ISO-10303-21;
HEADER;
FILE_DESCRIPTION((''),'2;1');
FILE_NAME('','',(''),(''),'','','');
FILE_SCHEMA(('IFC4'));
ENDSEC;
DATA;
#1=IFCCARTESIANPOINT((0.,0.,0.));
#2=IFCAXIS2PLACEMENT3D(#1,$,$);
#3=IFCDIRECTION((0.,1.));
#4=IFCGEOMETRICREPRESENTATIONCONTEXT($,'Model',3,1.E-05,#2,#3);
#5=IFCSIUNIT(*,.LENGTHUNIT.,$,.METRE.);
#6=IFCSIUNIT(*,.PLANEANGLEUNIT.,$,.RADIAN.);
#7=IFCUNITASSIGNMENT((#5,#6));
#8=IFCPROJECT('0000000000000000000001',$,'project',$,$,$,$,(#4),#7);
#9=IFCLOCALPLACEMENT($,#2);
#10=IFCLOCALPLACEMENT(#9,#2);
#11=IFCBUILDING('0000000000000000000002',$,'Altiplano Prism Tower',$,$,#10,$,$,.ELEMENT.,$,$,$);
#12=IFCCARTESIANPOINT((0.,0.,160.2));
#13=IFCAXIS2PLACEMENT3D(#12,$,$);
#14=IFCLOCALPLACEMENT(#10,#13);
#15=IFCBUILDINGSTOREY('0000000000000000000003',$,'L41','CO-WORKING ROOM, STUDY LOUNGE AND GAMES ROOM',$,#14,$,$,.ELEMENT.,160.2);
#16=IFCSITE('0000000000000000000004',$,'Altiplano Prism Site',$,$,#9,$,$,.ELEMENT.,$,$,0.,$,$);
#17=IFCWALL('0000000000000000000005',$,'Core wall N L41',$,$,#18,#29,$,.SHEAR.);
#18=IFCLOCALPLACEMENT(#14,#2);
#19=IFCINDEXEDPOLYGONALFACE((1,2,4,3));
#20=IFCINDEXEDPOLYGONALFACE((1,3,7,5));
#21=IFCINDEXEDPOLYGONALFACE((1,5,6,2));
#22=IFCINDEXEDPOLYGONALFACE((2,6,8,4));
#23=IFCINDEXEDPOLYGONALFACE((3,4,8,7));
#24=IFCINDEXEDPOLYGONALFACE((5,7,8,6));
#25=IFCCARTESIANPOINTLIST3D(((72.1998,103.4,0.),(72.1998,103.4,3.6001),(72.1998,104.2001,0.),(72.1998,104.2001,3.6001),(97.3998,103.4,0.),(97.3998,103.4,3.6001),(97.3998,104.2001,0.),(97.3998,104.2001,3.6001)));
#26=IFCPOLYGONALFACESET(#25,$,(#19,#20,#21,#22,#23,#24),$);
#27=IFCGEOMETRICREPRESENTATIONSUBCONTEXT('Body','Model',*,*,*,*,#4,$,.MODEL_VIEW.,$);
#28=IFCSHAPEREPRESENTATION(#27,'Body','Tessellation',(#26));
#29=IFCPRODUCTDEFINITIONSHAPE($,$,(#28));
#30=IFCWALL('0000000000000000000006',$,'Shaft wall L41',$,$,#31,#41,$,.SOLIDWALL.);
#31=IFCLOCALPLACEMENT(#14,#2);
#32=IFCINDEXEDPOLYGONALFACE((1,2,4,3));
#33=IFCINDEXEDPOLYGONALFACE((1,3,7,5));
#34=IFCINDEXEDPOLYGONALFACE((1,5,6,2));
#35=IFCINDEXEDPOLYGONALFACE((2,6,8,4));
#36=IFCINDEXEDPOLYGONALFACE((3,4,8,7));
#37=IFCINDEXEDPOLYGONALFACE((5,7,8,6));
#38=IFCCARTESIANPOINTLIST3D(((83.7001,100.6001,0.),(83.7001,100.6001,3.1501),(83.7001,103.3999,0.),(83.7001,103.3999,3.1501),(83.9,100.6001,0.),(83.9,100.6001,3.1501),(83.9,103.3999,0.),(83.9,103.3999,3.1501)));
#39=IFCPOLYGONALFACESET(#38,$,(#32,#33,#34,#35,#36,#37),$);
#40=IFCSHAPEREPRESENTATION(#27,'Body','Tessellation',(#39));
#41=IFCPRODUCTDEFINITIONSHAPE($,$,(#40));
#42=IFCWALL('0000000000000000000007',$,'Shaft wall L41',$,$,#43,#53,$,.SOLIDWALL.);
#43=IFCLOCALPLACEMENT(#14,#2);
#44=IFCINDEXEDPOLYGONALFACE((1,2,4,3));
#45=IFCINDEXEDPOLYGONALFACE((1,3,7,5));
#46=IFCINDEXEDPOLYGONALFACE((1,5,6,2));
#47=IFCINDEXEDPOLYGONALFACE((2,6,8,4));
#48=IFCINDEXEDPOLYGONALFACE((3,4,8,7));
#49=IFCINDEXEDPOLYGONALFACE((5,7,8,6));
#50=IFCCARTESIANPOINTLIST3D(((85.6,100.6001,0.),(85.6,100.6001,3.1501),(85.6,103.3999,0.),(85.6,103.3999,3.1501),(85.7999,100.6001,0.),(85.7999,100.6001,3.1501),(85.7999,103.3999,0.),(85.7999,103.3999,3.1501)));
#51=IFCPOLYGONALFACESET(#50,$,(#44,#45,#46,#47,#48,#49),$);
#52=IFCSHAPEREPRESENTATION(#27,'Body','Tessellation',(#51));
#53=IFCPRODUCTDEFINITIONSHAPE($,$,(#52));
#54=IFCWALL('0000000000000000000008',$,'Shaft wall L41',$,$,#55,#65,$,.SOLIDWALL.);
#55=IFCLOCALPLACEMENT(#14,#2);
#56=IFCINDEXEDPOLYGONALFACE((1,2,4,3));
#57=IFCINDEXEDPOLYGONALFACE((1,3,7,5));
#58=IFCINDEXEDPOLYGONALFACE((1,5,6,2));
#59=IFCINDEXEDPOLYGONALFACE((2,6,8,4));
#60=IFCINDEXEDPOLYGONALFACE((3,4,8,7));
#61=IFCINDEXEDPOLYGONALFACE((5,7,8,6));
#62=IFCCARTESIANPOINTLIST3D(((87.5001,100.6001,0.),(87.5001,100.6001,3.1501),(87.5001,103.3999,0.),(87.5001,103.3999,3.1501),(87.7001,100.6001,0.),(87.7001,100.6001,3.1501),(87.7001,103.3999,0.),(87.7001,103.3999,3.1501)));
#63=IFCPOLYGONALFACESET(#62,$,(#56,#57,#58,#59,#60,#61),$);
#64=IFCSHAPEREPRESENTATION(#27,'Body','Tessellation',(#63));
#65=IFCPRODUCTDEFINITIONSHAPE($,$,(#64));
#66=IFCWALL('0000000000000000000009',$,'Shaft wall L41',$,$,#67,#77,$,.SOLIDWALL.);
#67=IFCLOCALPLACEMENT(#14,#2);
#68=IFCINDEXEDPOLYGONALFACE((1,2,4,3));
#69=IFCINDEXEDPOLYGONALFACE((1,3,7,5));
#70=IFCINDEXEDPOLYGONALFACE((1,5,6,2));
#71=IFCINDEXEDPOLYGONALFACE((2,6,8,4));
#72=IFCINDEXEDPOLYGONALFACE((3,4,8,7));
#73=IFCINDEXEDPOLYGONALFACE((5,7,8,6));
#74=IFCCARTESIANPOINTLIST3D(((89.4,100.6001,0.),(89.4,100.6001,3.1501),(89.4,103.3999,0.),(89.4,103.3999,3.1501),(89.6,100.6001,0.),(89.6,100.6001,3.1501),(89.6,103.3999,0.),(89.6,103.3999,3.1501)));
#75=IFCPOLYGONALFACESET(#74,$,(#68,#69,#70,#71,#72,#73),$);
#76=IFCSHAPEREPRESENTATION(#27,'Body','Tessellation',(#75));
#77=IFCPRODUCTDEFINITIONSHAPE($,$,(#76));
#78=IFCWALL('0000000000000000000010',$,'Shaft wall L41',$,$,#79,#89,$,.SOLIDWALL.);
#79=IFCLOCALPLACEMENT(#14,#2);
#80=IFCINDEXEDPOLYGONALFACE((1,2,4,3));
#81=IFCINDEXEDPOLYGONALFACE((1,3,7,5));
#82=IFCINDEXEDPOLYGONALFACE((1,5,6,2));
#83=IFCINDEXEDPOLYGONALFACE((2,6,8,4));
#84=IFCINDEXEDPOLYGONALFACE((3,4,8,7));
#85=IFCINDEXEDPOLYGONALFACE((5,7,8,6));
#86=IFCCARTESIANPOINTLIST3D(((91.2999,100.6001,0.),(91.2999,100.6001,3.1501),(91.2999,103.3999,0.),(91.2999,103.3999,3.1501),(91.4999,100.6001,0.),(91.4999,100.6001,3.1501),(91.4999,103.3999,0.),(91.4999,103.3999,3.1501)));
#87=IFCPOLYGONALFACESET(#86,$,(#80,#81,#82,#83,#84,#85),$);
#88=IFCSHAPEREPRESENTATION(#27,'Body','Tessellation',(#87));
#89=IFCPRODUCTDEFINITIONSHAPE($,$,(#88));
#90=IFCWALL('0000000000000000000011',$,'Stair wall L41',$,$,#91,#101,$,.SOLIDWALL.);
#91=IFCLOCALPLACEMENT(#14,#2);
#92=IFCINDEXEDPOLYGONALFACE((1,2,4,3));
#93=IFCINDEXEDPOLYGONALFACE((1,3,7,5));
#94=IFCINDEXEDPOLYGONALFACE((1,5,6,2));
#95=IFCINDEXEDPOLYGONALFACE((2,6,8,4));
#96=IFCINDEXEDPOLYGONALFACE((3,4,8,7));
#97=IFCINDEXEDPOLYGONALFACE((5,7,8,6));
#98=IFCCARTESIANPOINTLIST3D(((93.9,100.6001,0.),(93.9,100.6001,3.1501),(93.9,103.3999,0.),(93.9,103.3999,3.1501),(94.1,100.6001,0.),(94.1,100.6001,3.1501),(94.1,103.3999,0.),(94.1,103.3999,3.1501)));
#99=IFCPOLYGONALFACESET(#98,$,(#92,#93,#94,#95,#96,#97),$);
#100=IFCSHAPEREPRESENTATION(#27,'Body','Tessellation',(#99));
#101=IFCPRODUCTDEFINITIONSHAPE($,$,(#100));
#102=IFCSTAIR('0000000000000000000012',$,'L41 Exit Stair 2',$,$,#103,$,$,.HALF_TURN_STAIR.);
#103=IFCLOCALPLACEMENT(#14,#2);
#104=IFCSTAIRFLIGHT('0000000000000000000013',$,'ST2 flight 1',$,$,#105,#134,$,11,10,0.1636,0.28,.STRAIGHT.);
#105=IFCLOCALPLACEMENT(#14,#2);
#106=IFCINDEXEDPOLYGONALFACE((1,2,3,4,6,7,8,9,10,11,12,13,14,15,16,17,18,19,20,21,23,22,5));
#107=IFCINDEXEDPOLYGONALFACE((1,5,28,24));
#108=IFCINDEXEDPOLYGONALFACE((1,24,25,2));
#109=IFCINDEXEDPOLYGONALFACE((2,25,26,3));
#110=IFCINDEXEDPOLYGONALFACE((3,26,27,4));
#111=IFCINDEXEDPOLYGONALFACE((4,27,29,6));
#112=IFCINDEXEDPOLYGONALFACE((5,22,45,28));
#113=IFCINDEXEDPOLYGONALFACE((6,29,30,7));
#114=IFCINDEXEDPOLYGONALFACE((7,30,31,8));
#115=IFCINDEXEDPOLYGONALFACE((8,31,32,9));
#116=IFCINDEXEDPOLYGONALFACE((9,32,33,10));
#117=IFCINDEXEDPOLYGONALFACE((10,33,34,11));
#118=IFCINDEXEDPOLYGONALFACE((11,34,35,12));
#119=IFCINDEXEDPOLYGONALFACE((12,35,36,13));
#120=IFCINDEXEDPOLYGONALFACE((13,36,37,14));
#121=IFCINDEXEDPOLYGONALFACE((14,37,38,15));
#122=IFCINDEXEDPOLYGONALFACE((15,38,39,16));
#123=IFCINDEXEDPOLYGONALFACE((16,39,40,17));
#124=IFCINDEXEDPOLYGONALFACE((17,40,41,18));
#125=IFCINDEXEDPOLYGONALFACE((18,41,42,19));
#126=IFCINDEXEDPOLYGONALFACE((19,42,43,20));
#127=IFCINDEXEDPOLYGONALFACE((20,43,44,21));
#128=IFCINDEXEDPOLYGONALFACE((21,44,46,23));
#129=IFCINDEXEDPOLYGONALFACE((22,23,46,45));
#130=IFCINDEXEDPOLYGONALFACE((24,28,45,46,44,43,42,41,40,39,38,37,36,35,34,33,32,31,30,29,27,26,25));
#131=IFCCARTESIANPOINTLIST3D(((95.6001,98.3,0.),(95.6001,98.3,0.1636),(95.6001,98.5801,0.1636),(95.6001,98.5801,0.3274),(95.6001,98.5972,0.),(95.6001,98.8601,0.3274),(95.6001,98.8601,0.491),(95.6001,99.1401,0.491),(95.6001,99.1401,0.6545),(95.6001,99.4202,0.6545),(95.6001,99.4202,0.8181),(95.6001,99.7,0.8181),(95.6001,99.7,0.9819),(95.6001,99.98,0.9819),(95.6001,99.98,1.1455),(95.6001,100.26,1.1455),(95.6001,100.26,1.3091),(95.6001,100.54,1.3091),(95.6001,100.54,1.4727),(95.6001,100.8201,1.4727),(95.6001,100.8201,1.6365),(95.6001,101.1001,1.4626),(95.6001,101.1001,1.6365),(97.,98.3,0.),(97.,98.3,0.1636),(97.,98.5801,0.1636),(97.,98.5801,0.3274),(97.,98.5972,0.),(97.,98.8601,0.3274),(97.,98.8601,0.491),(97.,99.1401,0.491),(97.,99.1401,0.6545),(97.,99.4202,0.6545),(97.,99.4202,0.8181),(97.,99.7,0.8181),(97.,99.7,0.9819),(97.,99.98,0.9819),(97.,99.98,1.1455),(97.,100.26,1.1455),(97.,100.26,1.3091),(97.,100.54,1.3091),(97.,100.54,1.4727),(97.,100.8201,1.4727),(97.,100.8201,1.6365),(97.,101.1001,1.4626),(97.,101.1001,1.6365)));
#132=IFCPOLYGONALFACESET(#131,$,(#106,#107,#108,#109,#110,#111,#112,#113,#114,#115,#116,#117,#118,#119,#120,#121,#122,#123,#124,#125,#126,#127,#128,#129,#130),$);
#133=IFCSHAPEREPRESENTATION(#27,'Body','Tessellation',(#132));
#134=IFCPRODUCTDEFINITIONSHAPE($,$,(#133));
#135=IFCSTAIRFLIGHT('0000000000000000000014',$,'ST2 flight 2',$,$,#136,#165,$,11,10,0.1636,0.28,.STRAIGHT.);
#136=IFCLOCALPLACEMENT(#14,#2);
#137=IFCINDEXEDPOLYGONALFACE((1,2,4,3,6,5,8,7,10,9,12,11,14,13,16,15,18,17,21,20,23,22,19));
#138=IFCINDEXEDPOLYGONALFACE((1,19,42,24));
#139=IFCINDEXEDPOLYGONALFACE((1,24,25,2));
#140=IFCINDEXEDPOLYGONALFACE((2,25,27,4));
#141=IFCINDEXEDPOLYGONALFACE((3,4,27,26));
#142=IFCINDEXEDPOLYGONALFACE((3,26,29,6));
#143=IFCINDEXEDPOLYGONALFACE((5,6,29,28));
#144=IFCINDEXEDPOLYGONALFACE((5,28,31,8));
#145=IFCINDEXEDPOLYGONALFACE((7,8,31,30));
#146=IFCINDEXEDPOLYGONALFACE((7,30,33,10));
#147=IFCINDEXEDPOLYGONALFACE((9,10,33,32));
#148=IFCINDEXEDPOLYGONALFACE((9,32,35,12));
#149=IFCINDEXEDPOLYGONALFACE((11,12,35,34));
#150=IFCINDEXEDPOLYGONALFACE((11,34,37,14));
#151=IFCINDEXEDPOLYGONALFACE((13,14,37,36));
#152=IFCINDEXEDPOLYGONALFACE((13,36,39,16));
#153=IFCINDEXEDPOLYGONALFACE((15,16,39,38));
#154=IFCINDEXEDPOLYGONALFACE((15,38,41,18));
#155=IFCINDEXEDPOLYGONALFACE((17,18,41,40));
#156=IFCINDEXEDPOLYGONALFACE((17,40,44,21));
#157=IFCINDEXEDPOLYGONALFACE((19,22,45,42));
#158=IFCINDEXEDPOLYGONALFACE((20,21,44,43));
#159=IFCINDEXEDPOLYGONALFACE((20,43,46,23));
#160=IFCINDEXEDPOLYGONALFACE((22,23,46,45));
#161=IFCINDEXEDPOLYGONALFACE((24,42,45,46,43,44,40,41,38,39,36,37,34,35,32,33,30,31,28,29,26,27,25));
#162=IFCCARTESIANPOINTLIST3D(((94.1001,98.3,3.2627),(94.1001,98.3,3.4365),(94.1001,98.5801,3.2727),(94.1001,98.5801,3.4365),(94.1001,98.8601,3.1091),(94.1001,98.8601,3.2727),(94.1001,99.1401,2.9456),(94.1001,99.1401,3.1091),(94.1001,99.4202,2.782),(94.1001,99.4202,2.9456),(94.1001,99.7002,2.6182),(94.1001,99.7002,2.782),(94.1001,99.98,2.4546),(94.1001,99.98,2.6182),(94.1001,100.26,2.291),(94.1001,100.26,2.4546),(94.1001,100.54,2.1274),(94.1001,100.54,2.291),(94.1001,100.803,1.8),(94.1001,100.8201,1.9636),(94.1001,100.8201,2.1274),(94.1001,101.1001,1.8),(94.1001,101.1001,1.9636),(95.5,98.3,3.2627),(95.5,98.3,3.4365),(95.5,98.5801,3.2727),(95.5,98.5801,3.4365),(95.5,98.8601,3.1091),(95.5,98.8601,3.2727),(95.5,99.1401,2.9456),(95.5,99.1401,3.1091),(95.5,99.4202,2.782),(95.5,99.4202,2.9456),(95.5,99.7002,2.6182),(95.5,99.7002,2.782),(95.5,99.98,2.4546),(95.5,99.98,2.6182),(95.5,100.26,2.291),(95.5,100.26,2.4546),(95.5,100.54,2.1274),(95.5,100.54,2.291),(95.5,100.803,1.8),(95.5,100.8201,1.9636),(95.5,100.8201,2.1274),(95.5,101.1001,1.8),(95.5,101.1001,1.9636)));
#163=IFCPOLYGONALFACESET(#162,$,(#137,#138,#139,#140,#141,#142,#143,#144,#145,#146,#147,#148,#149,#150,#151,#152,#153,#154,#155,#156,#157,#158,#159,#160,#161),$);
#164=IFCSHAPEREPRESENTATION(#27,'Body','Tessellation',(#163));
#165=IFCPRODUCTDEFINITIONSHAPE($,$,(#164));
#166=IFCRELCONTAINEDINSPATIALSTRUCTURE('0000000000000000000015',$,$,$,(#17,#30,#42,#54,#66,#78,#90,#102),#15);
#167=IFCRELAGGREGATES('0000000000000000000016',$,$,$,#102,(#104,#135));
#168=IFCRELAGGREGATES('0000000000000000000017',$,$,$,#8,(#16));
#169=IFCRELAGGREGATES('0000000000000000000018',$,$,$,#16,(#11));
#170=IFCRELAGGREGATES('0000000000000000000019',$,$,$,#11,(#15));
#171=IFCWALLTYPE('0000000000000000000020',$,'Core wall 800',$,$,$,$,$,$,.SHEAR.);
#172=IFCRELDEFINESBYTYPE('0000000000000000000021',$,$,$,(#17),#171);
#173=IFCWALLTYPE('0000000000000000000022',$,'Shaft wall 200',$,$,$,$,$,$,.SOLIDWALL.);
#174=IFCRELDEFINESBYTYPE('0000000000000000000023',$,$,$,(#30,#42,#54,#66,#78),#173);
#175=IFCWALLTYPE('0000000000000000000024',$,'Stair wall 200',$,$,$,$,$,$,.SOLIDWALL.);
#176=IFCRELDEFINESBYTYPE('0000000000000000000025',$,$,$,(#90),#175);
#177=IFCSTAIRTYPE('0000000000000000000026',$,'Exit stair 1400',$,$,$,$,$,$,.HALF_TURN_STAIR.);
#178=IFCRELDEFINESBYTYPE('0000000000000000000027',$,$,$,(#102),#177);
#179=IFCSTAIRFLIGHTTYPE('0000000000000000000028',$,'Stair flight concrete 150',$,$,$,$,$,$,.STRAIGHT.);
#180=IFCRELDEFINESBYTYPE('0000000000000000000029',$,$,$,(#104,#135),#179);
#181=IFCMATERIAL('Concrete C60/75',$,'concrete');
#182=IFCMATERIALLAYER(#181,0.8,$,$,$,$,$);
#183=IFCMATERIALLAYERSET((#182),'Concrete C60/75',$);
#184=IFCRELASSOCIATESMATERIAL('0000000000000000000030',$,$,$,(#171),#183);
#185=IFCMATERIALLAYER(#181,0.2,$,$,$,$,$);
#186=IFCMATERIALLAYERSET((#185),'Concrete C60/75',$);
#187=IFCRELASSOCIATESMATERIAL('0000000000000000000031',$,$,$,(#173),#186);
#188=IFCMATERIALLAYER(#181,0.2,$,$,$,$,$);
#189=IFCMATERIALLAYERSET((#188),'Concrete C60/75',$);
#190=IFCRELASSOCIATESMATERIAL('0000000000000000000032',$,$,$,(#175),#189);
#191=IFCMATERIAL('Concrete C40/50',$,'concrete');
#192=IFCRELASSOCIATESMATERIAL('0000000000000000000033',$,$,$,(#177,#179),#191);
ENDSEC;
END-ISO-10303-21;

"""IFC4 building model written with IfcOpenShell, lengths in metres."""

from ifc_helpers import new_model, si_unit, direction, frame, frame_2d, origin, place, context, subcontext, project, spatial, polyline, rectangle, outline, extrude, material, layer, layer_set, type_object, element, aggregate, save


model = new_model("IFC4")

# Units and contexts
model_context = context("Model", 3, precision=1e-05, world=origin(), true_north=direction((0.0, 1.0)))
body_context = subcontext(model_context, "Body", "Model", "MODEL_VIEW")
ifc_project = project(units=[si_unit("LENGTHUNIT", "METRE"), si_unit("PLANEANGLEUNIT", "RADIAN")], contexts=[model_context])

# Site, building, storey
site_placement = place(None, origin())
site = spatial("IfcSite", under=ifc_project, at=site_placement, Name="Altiplano Prism Site", CompositionType="ELEMENT", RefElevation=0.0)
building_placement = place(site_placement, origin())
building = spatial("IfcBuilding", under=site, at=building_placement, Name="Altiplano Prism Tower", CompositionType="ELEMENT")
storey_placement = place(building_placement, frame((0.0, 0.0, 160.2)))
storey = spatial("IfcBuildingStorey", under=building, at=storey_placement, Name="L41", Description="CO-WORKING ROOM, STUDY LOUNGE AND GAMES ROOM", CompositionType="ELEMENT", Elevation=160.2)

# Walls
ifc_material_1 = material(Name="Concrete C60/75", Category="concrete")
ifc_layer_1 = layer(ifc_material_1, 0.8)
ifc_layer_set_1 = layer_set([ifc_layer_1], Name="Concrete C60/75")
wall_type_1 = type_object("IfcWallType", Name="Core wall 800", PredefinedType="SHEAR", material=ifc_layer_set_1)
wall_1_placement = place(storey_placement, frame((97.3999, 103.8, 0.0), z_axis=(0.0, 0.0, 1.0), x_axis=(-1.0, 0.0, 0.0)))
element("IfcWall", 1, at=wall_1_placement, inside=storey, type_object=wall_type_1, Name="Core wall N L41", PredefinedType="SHEAR", context=body_context, shape_type="SweptSolid", body=[
    extrude(rectangle(XDim=25.2, YDim=0.8, at=frame_2d((12.6001, 0.0))), origin(), (0.0, 0.0, 1.0), 3.6001),
])
ifc_layer_2 = layer(ifc_material_1, 0.2)
ifc_layer_set_2 = layer_set([ifc_layer_2], Name="Concrete C60/75")
wall_type_2 = type_object("IfcWallType", Name="Shaft wall 200", PredefinedType="SOLIDWALL", material=ifc_layer_set_2)
for number, where, z_axis, x_axis, name in (
    (2, (83.8, 100.6001, 0.0), (0.0, 0.0, 1.0), (0.0, 1.0, 0.0), "Shaft wall L41"),
    (3, (85.7, 100.6001, 0.0), (0.0, 0.0, 1.0), (0.0, 1.0, 0.0), "Shaft wall L41"),
    (4, (87.6001, 100.6001, 0.0), (0.0, 0.0, 1.0), (0.0, 1.0, 0.0), "Shaft wall L41"),
    (5, (89.5, 100.6001, 0.0), (0.0, 0.0, 1.0), (0.0, 1.0, 0.0), "Shaft wall L41"),
    (6, (91.3999, 100.6001, 0.0), (0.0, 0.0, 1.0), (0.0, 1.0, 0.0), "Shaft wall L41"),
):
    element("IfcWall", number, at=place(storey_placement, frame(where, z_axis=z_axis, x_axis=x_axis)), inside=storey, type_object=wall_type_2, Name=name, PredefinedType="SOLIDWALL", context=body_context, shape_type="SweptSolid", body=[
        extrude(rectangle(XDim=2.7998, YDim=0.2, at=frame_2d((1.3999, 0.0))), origin(), (0.0, 0.0, 1.0), 3.1501),
    ])
ifc_layer_3 = layer(ifc_material_1, 0.2)
ifc_layer_set_3 = layer_set([ifc_layer_3], Name="Concrete C60/75")
wall_type_3 = type_object("IfcWallType", Name="Stair wall 200", PredefinedType="SOLIDWALL", material=ifc_layer_set_3)
wall_2_placement = place(storey_placement, frame((94.0, 100.6001, 0.0), z_axis=(0.0, 0.0, 1.0), x_axis=(0.0, 1.0, 0.0)))
element("IfcWall", 7, at=wall_2_placement, inside=storey, type_object=wall_type_3, Name="Stair wall L41", PredefinedType="SOLIDWALL", context=body_context, shape_type="SweptSolid", body=[
    extrude(rectangle(XDim=2.7998, YDim=0.2, at=frame_2d((1.3999, 0.0))), origin(), (0.0, 0.0, 1.0), 3.1501),
])

# Stair, stair flights
ifc_material_2 = material(Name="Concrete C40/50", Category="concrete")
stair_type = type_object("IfcStairType", Name="Exit stair 1400", PredefinedType="HALF_TURN_STAIR", material=ifc_material_2)
stair_placement = place(storey_placement, origin())
stair = element("IfcStair", 8, at=stair_placement, inside=storey, type_object=stair_type, Name="L41 Exit Stair 2", PredefinedType="HALF_TURN_STAIR")
stair_flight_type = type_object("IfcStairFlightType", Name="Stair flight concrete 150", PredefinedType="STRAIGHT", material=ifc_material_2)
stair_flight_1_placement = place(storey_placement, frame((96.3, 98.3, 0.0), z_axis=(0.0, 0.0, 1.0), x_axis=(0.0, 1.0, 0.0)))
stair_flight_1 = element("IfcStairFlight", 9, at=stair_flight_1_placement, type_object=stair_flight_type, Name="ST2 flight 1", NumberOfRisers=11, NumberOfTreads=10, PredefinedType="STRAIGHT", RiserHeight=0.1636, TreadLength=0.28, context=body_context, shape_type="SweptSolid", body=[
    extrude(outline(polyline([(0.0, 0.0), (0.0, 0.1636), (0.28, 0.1636), (0.28, 0.3274), (0.5601, 0.3274), (0.5601, 0.491), (0.8401, 0.491), (0.8401, 0.6545), (1.1201, 0.6545), (1.1201, 0.8181), (1.3999, 0.8181), (1.3999, 0.9819), (1.6799, 0.9819), (1.6799, 1.1455), (1.96, 1.1455), (1.96, 1.3091), (2.24, 1.3091), (2.24, 1.4727), (2.52, 1.4727), (2.52, 1.6365), (2.8, 1.6365), (2.8, 1.8), (2.8, 1.4626), (0.2971, 0.0), (0.0, 0.0)])), frame((0.0, 0.7, 0.0), z_axis=(0.0, -1.0, 0.0), x_axis=(1.0, 0.0, 0.0)), (0.0, 0.0, 1.0), 1.3999),
])
stair_flight_2_placement = place(storey_placement, frame((94.8, 101.1001, 1.8), z_axis=(0.0, 0.0, 1.0), x_axis=(0.0, -1.0, 0.0)))
stair_flight_2 = element("IfcStairFlight", 10, at=stair_flight_2_placement, type_object=stair_flight_type, Name="ST2 flight 2", NumberOfRisers=11, NumberOfTreads=10, PredefinedType="STRAIGHT", RiserHeight=0.1636, TreadLength=0.28, context=body_context, shape_type="SweptSolid", body=[
    extrude(outline(polyline([(0.0, 0.0), (0.0, 0.1636), (0.28, 0.1636), (0.28, 0.3274), (0.5601, 0.3274), (0.5601, 0.491), (0.8401, 0.491), (0.8401, 0.6545), (1.1201, 0.6545), (1.1201, 0.8181), (1.3999, 0.8181), (1.3999, 0.9819), (1.6799, 0.9819), (1.6799, 1.1455), (1.96, 1.1455), (1.96, 1.3091), (2.24, 1.3091), (2.24, 1.4727), (2.52, 1.4727), (2.52, 1.6365), (2.8, 1.6365), (2.8, 1.8), (2.8, 1.4626), (0.2971, 0.0), (0.0, 0.0)])), frame((0.0, 0.7, 0.0), z_axis=(0.0, -1.0, 0.0), x_axis=(1.0, 0.0, 0.0)), (0.0, 0.0, 1.0), 1.3999),
])
aggregate(stair, [stair_flight_1, stair_flight_2])

save(model, "model.ifc")
